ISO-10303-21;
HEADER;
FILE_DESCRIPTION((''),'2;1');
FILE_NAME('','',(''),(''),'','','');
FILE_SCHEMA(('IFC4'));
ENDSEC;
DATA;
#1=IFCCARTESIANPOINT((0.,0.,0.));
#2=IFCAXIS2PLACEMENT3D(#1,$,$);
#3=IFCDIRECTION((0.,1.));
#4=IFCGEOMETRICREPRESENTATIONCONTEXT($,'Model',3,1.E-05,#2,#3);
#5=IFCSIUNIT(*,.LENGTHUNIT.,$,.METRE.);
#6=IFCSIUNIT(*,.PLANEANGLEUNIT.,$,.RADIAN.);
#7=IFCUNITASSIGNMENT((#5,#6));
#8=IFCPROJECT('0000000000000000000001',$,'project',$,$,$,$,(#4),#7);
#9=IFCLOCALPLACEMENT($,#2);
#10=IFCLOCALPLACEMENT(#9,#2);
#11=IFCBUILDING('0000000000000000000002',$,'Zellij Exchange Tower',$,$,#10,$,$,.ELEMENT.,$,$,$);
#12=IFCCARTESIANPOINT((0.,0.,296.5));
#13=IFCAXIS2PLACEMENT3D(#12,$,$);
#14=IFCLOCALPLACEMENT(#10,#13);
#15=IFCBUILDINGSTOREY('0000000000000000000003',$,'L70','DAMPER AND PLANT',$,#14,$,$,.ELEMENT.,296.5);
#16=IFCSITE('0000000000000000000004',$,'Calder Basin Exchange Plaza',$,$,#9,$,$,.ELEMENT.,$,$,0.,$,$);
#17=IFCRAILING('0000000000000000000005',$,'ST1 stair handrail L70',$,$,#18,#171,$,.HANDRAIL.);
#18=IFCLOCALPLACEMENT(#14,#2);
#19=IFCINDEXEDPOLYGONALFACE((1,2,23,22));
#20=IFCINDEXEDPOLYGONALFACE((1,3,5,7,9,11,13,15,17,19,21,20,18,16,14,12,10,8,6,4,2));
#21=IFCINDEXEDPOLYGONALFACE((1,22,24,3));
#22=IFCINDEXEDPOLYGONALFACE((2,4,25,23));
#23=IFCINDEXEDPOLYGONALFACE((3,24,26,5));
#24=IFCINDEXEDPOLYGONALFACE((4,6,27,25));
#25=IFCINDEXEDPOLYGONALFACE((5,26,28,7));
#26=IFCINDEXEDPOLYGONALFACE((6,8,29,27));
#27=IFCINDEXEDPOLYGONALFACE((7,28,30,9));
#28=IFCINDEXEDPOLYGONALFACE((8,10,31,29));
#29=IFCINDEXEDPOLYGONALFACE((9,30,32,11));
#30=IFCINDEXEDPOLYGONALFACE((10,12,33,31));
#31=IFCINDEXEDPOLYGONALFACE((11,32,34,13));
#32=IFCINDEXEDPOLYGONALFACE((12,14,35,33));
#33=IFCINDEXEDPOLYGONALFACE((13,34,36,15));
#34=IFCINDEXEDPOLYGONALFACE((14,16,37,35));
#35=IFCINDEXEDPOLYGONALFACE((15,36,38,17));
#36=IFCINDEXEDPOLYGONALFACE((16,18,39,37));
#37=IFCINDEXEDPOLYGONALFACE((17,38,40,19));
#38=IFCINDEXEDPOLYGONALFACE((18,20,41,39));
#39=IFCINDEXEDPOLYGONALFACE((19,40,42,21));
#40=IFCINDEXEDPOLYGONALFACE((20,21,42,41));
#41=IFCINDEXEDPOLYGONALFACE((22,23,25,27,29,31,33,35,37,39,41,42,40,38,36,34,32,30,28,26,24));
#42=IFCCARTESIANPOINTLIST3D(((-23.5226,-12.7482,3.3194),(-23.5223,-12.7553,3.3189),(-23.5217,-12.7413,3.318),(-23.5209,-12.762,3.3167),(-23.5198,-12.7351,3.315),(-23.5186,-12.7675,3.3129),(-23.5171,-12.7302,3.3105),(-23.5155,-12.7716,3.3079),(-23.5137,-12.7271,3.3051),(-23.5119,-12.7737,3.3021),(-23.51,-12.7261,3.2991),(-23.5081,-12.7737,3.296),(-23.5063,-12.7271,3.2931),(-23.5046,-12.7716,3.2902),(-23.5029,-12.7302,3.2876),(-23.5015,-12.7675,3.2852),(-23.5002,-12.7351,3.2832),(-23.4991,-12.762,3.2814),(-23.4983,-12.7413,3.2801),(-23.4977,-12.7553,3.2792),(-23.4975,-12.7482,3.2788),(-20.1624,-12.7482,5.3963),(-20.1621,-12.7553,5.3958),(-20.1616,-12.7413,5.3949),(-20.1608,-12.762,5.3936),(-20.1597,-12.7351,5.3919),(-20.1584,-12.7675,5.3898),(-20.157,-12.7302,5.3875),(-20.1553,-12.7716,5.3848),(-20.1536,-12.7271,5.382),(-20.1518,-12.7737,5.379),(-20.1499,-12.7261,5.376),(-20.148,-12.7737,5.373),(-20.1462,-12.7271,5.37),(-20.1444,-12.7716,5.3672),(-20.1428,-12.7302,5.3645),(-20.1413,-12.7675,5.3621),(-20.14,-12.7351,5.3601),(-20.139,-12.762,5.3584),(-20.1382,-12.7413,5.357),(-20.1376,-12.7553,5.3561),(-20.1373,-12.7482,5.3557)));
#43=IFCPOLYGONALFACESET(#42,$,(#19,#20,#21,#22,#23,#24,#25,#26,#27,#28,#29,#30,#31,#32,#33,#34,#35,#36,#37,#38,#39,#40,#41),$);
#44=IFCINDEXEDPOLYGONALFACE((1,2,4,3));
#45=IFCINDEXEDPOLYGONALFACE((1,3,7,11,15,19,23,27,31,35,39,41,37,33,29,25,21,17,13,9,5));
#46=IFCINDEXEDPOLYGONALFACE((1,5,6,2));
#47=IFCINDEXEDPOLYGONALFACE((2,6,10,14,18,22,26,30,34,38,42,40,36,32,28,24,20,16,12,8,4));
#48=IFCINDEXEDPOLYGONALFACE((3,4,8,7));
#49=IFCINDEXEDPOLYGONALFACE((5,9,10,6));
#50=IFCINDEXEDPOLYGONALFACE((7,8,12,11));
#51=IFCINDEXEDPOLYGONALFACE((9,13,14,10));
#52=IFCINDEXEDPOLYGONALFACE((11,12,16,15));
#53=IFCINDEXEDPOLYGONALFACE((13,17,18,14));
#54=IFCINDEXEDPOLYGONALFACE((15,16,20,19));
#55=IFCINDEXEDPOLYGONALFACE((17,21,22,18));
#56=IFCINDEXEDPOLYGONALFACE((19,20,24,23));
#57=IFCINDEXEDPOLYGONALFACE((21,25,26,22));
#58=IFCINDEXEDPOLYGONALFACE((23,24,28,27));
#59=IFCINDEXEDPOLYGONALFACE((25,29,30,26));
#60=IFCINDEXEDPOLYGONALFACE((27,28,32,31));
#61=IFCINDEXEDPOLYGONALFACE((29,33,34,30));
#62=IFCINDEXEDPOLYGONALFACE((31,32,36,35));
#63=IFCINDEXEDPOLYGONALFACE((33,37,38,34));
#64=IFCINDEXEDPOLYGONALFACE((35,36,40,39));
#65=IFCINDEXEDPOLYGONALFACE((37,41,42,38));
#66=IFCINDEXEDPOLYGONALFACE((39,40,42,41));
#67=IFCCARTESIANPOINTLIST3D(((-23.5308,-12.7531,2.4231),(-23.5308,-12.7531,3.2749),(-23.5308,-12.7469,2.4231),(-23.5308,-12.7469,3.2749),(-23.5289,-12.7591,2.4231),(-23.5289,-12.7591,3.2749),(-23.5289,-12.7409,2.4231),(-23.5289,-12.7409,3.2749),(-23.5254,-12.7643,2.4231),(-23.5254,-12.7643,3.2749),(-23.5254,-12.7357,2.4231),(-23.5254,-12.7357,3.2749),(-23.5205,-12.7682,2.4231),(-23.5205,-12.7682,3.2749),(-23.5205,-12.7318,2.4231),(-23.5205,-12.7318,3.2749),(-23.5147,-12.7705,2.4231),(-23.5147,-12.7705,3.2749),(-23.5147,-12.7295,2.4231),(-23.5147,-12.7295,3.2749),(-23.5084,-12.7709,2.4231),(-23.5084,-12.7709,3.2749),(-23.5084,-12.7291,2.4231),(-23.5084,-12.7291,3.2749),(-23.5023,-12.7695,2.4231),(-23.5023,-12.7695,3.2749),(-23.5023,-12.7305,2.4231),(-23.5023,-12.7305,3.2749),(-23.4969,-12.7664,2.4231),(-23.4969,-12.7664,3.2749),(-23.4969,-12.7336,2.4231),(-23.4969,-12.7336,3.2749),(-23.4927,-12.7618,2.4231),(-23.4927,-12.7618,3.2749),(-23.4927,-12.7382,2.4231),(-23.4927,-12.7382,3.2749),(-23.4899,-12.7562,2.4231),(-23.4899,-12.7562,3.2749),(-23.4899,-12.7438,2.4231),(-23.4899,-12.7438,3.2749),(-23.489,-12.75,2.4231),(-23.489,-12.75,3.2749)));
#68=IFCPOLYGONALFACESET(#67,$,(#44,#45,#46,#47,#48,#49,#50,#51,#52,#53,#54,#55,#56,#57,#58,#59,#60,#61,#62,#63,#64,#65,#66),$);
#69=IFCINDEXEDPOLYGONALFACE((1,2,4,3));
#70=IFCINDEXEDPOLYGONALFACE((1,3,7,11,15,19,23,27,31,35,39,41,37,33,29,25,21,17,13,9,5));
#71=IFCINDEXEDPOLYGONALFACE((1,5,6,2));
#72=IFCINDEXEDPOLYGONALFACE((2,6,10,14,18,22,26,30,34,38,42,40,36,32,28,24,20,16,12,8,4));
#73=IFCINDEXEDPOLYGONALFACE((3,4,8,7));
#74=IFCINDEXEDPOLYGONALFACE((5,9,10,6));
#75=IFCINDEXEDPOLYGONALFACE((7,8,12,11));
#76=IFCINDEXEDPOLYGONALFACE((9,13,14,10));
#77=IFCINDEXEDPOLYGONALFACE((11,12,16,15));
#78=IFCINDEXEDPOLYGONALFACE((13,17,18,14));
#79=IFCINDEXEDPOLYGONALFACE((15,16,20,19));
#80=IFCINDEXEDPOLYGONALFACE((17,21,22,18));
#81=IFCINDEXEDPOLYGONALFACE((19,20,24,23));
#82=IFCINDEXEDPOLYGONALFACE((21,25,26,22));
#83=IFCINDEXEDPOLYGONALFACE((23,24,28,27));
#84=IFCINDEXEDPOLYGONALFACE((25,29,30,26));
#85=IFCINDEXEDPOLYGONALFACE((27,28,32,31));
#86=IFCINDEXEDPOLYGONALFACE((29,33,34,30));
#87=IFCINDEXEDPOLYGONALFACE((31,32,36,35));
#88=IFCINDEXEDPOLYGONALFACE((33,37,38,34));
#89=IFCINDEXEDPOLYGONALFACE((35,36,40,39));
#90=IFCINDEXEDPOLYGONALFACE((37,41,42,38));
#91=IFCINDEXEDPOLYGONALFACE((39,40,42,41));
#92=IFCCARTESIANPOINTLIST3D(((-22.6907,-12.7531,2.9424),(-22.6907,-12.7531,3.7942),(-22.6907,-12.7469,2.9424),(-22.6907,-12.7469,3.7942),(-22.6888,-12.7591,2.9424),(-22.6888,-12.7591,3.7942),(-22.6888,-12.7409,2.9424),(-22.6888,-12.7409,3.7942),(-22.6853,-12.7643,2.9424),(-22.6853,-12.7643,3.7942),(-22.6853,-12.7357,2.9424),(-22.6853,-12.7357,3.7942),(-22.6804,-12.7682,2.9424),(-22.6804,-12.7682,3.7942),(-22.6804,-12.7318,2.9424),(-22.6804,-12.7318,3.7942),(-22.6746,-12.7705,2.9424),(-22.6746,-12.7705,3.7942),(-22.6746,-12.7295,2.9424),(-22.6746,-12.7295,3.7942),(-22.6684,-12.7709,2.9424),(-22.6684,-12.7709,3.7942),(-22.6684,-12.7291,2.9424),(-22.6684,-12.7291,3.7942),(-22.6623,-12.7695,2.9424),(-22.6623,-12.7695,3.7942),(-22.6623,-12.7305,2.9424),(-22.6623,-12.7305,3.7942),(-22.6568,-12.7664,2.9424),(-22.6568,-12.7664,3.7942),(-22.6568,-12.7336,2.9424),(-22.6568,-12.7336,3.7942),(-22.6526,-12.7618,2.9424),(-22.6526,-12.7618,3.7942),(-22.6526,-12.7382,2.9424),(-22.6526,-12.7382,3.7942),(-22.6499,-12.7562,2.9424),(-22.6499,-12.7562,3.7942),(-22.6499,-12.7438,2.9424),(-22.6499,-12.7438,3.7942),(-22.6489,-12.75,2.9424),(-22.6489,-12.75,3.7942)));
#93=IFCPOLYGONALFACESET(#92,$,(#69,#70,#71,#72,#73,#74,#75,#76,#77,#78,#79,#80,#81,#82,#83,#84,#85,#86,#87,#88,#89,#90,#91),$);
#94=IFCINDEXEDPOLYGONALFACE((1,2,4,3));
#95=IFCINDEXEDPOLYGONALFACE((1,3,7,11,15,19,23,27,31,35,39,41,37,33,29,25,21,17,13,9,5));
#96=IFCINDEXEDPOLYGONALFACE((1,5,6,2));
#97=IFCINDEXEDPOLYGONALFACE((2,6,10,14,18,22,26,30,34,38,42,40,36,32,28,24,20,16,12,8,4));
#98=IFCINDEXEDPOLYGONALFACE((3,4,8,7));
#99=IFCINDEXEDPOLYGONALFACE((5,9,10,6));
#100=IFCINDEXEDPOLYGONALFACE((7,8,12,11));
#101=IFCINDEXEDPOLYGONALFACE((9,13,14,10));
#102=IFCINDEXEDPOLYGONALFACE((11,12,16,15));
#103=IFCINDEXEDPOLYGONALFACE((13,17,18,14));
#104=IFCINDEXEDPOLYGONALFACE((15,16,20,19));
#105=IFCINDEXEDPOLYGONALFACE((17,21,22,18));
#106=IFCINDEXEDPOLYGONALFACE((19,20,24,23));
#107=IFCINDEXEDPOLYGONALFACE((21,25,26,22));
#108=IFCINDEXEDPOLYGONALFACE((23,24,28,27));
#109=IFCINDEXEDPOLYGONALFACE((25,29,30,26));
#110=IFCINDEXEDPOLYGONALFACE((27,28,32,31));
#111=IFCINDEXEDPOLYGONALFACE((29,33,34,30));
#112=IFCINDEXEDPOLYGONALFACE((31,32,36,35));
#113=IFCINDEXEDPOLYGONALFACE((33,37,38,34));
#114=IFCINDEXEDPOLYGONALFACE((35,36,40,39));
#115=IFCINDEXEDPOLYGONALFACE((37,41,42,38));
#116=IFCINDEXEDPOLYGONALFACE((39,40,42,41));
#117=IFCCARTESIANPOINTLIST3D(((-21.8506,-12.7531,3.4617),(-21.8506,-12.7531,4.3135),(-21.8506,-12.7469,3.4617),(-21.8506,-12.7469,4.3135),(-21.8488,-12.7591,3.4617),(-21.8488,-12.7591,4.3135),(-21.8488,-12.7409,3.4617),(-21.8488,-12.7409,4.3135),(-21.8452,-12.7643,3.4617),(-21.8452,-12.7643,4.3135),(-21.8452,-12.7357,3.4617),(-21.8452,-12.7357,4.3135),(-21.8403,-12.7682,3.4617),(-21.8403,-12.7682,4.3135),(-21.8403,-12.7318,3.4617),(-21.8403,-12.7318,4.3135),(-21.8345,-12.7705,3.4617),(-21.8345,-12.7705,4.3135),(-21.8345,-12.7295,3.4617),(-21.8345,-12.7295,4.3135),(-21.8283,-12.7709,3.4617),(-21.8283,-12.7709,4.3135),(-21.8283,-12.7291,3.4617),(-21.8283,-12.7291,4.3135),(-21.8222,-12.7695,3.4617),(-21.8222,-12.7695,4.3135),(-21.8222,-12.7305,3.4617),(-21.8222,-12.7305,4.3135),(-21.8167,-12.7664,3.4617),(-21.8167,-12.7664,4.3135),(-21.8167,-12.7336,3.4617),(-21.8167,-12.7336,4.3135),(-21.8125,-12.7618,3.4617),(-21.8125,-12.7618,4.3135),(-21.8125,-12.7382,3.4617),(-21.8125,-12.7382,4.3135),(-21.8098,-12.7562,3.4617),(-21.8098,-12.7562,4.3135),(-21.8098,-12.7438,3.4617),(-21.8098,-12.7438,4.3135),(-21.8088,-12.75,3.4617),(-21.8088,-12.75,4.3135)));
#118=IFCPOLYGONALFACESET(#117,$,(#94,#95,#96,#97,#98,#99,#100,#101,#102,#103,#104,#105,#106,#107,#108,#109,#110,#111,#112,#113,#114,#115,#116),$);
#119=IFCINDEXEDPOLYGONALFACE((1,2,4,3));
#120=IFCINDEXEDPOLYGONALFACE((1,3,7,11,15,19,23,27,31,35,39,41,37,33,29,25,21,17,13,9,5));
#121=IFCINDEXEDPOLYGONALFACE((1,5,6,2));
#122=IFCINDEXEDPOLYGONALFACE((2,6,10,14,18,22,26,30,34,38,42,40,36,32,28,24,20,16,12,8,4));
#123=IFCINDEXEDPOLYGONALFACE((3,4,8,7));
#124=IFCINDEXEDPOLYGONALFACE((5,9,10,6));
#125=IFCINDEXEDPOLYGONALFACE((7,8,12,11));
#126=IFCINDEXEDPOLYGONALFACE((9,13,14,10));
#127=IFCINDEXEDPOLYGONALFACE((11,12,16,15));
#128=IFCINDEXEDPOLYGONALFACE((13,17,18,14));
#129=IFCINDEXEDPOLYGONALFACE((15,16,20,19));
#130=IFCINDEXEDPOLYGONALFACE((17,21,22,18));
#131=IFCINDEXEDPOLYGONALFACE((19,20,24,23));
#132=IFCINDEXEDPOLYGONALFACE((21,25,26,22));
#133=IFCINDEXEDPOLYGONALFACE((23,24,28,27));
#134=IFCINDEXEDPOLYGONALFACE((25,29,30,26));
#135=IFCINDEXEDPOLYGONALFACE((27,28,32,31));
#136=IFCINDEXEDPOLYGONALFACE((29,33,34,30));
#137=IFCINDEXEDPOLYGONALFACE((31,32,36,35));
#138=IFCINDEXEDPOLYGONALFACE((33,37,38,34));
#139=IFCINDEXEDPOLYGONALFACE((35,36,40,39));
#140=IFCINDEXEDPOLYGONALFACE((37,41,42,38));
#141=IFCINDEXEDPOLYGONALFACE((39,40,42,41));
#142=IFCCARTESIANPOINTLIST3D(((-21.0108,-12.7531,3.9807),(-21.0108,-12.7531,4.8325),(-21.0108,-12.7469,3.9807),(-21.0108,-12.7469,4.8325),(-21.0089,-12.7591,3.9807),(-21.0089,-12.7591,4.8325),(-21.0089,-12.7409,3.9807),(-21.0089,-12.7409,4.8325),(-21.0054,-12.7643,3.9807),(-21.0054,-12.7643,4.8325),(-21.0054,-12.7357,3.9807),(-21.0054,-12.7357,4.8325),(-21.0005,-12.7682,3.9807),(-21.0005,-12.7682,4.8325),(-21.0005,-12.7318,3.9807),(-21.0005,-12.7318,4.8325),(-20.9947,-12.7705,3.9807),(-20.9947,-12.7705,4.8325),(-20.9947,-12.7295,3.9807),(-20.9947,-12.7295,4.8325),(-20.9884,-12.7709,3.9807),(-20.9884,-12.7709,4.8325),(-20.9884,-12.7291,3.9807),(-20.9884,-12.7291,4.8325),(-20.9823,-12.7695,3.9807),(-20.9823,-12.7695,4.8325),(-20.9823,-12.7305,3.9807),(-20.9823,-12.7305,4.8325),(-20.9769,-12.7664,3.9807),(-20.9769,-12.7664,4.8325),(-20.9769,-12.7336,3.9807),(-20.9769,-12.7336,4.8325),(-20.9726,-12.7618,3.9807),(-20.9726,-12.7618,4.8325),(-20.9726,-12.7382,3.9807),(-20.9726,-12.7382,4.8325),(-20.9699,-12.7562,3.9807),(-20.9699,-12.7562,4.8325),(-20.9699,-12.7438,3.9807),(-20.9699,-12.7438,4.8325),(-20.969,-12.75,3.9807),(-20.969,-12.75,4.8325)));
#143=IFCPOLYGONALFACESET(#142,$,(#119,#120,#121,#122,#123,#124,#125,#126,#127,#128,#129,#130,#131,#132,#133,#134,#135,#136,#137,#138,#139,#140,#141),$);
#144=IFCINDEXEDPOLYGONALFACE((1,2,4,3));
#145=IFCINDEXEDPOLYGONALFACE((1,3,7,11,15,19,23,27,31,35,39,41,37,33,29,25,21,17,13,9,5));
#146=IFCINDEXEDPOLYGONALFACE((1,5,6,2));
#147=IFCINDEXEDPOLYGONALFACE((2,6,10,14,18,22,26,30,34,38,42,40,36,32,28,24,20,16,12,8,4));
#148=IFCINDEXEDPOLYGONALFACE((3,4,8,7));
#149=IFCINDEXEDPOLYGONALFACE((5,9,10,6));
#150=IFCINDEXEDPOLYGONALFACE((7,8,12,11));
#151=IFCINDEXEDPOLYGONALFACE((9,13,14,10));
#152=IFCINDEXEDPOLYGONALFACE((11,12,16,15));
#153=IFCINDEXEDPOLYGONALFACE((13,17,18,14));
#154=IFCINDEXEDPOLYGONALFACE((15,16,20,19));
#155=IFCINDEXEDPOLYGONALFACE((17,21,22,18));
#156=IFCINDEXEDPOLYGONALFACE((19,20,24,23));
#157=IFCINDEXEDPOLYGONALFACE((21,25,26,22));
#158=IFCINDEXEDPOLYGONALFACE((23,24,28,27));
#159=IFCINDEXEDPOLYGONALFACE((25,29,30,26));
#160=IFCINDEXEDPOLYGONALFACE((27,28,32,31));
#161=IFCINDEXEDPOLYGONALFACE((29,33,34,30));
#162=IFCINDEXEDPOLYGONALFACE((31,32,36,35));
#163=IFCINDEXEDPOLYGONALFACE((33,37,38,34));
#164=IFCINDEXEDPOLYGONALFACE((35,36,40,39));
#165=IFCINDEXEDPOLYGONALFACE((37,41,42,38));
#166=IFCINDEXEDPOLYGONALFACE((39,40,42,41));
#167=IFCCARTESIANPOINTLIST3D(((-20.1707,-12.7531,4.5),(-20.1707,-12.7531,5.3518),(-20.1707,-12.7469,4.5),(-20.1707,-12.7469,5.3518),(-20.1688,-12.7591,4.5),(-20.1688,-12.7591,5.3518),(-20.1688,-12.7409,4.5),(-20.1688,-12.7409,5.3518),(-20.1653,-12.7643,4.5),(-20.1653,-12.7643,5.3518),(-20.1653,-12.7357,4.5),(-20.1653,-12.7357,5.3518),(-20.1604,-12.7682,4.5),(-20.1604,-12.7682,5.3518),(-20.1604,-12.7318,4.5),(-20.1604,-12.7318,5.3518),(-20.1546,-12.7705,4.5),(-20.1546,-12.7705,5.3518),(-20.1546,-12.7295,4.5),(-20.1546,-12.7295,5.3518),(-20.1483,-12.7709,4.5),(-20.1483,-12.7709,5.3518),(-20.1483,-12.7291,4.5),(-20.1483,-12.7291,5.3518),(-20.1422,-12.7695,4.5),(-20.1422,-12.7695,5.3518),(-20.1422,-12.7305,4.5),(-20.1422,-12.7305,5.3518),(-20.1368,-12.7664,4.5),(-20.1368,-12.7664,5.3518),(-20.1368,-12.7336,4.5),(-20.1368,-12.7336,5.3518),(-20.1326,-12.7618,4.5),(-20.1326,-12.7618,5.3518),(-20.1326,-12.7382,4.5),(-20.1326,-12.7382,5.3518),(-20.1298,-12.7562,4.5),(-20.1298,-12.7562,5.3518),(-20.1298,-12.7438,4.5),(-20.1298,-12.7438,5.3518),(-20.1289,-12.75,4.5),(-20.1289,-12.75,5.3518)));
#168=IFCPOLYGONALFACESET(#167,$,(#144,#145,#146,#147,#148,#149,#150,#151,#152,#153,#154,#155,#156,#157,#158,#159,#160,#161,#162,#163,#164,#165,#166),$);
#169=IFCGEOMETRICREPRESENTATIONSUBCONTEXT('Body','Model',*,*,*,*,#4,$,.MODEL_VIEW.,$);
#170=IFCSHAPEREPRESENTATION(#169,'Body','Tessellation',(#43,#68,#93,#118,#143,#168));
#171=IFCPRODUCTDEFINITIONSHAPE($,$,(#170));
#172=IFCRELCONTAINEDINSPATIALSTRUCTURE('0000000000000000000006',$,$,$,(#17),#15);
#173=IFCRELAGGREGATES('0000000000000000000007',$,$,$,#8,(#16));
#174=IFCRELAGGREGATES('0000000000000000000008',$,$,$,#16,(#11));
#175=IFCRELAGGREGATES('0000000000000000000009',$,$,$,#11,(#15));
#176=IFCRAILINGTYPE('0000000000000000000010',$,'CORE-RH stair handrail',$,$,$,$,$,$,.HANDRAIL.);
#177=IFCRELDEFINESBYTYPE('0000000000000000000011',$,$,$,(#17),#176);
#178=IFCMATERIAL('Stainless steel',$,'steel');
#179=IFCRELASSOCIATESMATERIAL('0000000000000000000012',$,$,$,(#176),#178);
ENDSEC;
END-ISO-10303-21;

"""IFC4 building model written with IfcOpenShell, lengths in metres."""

from ifc_helpers import new_model, si_unit, direction, frame, origin, origin_2d, place, context, subcontext, project, spatial, circle, extrude, material, type_object, element, save


model = new_model("IFC4")

# Units and contexts
model_context = context("Model", 3, precision=1e-05, world=origin(), true_north=direction((0.0, 1.0)))
body_context = subcontext(model_context, "Body", "Model", "MODEL_VIEW")
ifc_project = project(units=[si_unit("LENGTHUNIT", "METRE"), si_unit("PLANEANGLEUNIT", "RADIAN")], contexts=[model_context])

# Site, building, storey
site_placement = place(None, origin())
site = spatial("IfcSite", under=ifc_project, at=site_placement, Name="Calder Basin Exchange Plaza", CompositionType="ELEMENT", RefElevation=0.0)
building_placement = place(site_placement, origin())
building = spatial("IfcBuilding", under=site, at=building_placement, Name="Zellij Exchange Tower", CompositionType="ELEMENT")
storey_placement = place(building_placement, frame((0.0, 0.0, 296.5)))
storey = spatial("IfcBuildingStorey", under=building, at=storey_placement, Name="L70", Description="DAMPER AND PLANT", CompositionType="ELEMENT", Elevation=296.5)

# Railing
ifc_material_1 = material(Name="Stainless steel", Category="steel")
railing_type = type_object("IfcRailingType", Name="CORE-RH stair handrail", PredefinedType="HANDRAIL", material=ifc_material_1)
for number, where, name in (
    (1, (-23.51, -12.75, 2.4231), "ST1 stair handrail L70"),
):
    element("IfcRailing", number, at=place(storey_placement, frame(where)), inside=storey, type_object=railing_type, Name=name, PredefinedType="HANDRAIL", context=body_context, shape_type="SweptSolid", body=[
        extrude(circle(Radius=0.0239, at=origin_2d()), frame((0.0, 0.0, 0.876), z_axis=(0.850623, 0.0, 0.525776), x_axis=(0.0, 1.0, 0.0)), (0.0, 0.0, 1.0), 3.9502),
        extrude(circle(Radius=0.021, at=origin_2d()), origin(), (0.0, 0.0, 1.0), 0.8518),
        extrude(circle(Radius=0.021, at=origin_2d()), frame((0.8401, 0.0, 0.5193)), (0.0, 0.0, 1.0), 0.8518),
        extrude(circle(Radius=0.021, at=origin_2d()), frame((1.6802, 0.0, 1.0386)), (0.0, 0.0, 1.0), 0.8518),
        extrude(circle(Radius=0.021, at=origin_2d()), frame((2.52, 0.0, 1.5576)), (0.0, 0.0, 1.0), 0.8518),
        extrude(circle(Radius=0.021, at=origin_2d()), frame((3.3601, 0.0, 2.0769)), (0.0, 0.0, 1.0), 0.8518),
    ])

save(model, "model.ifc")
